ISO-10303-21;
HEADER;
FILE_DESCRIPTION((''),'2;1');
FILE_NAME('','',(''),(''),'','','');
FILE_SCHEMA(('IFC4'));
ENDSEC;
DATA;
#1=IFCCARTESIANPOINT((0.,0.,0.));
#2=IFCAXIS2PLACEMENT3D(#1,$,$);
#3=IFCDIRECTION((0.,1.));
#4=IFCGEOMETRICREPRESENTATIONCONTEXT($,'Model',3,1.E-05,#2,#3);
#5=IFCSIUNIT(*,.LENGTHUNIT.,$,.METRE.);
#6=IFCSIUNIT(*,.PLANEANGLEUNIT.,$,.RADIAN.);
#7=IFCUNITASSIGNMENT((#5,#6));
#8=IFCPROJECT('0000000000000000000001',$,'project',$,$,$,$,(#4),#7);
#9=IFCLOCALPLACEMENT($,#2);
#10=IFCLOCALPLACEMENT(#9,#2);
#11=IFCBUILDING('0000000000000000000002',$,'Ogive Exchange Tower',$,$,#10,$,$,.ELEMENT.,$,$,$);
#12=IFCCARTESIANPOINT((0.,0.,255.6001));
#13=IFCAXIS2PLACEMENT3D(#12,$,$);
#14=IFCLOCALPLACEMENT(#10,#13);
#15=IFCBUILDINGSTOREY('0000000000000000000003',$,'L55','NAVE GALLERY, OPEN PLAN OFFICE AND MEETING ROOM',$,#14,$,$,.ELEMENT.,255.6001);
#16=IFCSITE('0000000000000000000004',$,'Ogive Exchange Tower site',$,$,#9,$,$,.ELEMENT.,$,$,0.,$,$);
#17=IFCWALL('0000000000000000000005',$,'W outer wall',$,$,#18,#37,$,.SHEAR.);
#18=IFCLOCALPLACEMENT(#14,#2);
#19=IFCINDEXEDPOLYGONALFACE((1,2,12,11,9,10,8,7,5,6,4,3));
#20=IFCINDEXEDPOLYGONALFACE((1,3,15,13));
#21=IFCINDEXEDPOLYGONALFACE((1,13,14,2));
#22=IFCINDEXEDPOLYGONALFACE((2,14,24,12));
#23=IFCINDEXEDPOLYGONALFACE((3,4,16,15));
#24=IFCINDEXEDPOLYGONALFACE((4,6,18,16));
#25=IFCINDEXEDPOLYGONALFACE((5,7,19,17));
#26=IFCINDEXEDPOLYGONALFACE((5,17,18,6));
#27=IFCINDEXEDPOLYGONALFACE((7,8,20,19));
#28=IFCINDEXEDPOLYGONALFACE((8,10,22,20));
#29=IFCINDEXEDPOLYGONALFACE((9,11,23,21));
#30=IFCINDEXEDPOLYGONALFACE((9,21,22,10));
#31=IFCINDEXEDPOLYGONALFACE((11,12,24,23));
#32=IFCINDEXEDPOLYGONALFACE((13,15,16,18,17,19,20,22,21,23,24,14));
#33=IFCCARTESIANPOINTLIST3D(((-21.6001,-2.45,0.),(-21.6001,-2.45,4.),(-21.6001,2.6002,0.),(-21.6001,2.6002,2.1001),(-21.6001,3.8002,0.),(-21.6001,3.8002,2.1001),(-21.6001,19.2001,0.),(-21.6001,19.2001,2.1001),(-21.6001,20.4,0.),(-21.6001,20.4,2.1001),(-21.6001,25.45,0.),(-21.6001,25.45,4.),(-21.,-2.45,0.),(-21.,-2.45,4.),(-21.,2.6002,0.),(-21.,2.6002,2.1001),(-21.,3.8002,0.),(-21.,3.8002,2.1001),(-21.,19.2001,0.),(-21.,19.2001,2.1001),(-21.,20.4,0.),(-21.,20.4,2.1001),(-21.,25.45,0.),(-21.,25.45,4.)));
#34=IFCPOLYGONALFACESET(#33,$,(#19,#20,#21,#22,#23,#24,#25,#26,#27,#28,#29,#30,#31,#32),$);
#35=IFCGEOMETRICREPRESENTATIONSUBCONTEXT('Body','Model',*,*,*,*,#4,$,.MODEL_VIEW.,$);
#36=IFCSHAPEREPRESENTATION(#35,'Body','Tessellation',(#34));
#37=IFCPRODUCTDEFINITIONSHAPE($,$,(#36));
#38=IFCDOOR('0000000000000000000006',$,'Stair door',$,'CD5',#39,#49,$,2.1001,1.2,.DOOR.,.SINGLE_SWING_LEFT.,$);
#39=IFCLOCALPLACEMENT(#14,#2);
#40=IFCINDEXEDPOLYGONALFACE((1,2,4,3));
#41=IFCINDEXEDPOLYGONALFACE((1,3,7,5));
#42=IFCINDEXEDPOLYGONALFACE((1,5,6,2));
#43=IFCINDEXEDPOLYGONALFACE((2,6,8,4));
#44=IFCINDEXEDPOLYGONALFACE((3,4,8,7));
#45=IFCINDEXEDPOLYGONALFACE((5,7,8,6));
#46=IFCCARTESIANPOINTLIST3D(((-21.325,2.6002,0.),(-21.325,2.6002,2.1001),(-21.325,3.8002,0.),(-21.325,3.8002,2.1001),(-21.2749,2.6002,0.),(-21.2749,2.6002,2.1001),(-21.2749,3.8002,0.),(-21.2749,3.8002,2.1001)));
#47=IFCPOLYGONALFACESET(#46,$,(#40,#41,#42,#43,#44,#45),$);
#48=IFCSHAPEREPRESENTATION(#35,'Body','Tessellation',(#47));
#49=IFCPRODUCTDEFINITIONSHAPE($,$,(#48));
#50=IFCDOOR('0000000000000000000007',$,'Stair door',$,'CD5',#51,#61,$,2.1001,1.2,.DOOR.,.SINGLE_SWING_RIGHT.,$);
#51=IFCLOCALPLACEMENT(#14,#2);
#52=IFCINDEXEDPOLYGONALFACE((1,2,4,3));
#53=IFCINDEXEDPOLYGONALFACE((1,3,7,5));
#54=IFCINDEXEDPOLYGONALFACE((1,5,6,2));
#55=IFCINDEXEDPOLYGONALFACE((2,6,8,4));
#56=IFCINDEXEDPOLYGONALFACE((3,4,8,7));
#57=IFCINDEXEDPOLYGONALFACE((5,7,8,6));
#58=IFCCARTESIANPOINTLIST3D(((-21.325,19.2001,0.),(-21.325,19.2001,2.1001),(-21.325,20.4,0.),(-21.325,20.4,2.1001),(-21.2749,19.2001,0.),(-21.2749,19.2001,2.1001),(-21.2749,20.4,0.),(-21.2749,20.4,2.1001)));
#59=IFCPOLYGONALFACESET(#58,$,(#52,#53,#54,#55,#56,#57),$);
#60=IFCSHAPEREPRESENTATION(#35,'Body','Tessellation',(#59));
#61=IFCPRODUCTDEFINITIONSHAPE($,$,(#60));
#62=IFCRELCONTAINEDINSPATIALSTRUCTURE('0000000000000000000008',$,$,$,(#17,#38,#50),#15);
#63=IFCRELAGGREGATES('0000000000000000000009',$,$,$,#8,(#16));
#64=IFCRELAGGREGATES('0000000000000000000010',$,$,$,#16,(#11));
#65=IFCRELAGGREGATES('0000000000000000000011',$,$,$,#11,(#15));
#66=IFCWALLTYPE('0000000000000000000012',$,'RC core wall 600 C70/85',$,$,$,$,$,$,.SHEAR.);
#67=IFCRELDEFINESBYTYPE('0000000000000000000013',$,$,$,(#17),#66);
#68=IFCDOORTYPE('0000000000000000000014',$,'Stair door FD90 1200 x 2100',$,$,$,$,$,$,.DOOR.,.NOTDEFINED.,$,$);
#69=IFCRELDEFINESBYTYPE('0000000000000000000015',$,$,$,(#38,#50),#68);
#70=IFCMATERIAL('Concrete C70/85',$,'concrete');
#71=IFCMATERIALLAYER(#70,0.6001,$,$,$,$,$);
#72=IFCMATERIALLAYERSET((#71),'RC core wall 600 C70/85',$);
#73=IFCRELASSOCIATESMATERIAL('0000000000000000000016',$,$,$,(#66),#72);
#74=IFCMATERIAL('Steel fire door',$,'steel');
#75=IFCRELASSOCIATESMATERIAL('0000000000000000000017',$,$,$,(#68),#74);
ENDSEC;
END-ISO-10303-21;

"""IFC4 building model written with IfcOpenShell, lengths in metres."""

from ifc_helpers import new_model, si_unit, direction, frame, frame_2d, origin, place, context, subcontext, project, spatial, rectangle, extrude, material, layer, layer_set, type_object, element, fill, save


model = new_model("IFC4")

# Units and contexts
model_context = context("Model", 3, precision=1e-05, world=origin(), true_north=direction((0.0, 1.0)))
body_context = subcontext(model_context, "Body", "Model", "MODEL_VIEW")
ifc_project = project(units=[si_unit("LENGTHUNIT", "METRE"), si_unit("PLANEANGLEUNIT", "RADIAN")], contexts=[model_context])

# Site, building, storey
site_placement = place(None, origin())
site = spatial("IfcSite", under=ifc_project, at=site_placement, Name="Ogive Exchange Tower site", CompositionType="ELEMENT", RefElevation=0.0)
building_placement = place(site_placement, origin())
building = spatial("IfcBuilding", under=site, at=building_placement, Name="Ogive Exchange Tower", CompositionType="ELEMENT")
storey_placement = place(building_placement, frame((0.0, 0.0, 255.6001)))
storey = spatial("IfcBuildingStorey", under=building, at=storey_placement, Name="L55", Description="NAVE GALLERY, OPEN PLAN OFFICE AND MEETING ROOM", CompositionType="ELEMENT", Elevation=255.6001)

# Shared definitions
ifc_material_1 = material(Name="Concrete C70/85", Category="concrete")

# Wall, openings, doors
ifc_layer_1 = layer(ifc_material_1, 0.6001)
ifc_layer_set_1 = layer_set([ifc_layer_1], Name="RC core wall 600 C70/85")
wall_type_1 = type_object("IfcWallType", Name="RC core wall 600 C70/85", PredefinedType="SHEAR", material=ifc_layer_set_1)
wall_1_placement = place(storey_placement, frame((-21.3, -2.45, 0.0), z_axis=(0.0, 0.0, 1.0), x_axis=(0.0, 1.0, 0.0)))
wall_1 = element("IfcWall", 1, at=wall_1_placement, inside=storey, type_object=wall_type_1, Name="W outer wall", PredefinedType="SHEAR", context=body_context, shape_type="SweptSolid", body=[
    extrude(rectangle(XDim=27.8999, YDim=0.6001, at=frame_2d((13.95, 0.0))), origin(), (0.0, 0.0, 1.0), 4.0),
])
opening_1_placement = place(wall_1_placement, frame((5.05, 0.0, 0.0)))
opening_1 = element("IfcOpeningElement", 2, at=opening_1_placement, cuts=wall_1, PredefinedType="OPENING", context=body_context, shape_type="SweptSolid", body=[
    extrude(rectangle(XDim=1.2, YDim=2.1001, at=frame_2d((0.6001, 1.05))), frame((0.0, 0.3101, 0.0), z_axis=(0.0, -1.0, 0.0), x_axis=(1.0, 0.0, 0.0)), (0.0, 0.0, 1.0), 0.6201),
])
opening_2_placement = place(wall_1_placement, frame((21.6499, 0.0, 0.0)))
opening_2 = element("IfcOpeningElement", 3, at=opening_2_placement, cuts=wall_1, PredefinedType="OPENING", context=body_context, shape_type="SweptSolid", body=[
    extrude(rectangle(XDim=1.2, YDim=2.1001, at=frame_2d((0.6001, 1.05))), frame((0.0, 0.3101, 0.0), z_axis=(0.0, -1.0, 0.0), x_axis=(1.0, 0.0, 0.0)), (0.0, 0.0, 1.0), 0.6201),
])
ifc_material_2 = material(Name="Steel fire door", Category="steel")
door_type_1 = type_object("IfcDoorType", Name="Stair door FD90 1200 x 2100", OperationType="NOTDEFINED", PredefinedType="DOOR", material=ifc_material_2)
door_1_placement = place(opening_1_placement, origin())
door_1 = element("IfcDoor", 4, at=door_1_placement, inside=storey, type_object=door_type_1, Name="Stair door", ObjectType="CD5", OperationType="SINGLE_SWING_LEFT", OverallHeight=2.1001, OverallWidth=1.2, PredefinedType="DOOR", context=body_context, shape_type="SweptSolid", body=[
    extrude(rectangle(XDim=1.2, YDim=2.1001, at=frame_2d((0.6001, 1.05))), frame((0.0, 0.0249, 0.0), z_axis=(0.0, -1.0, 0.0), x_axis=(1.0, 0.0, 0.0)), (0.0, 0.0, 1.0), 0.05),
])
fill(opening_1, door_1)
door_2_placement = place(opening_2_placement, origin())
door_2 = element("IfcDoor", 5, at=door_2_placement, inside=storey, type_object=door_type_1, Name="Stair door", ObjectType="CD5", OperationType="SINGLE_SWING_RIGHT", OverallHeight=2.1001, OverallWidth=1.2, PredefinedType="DOOR", context=body_context, shape_type="SweptSolid", body=[
    extrude(rectangle(XDim=1.2, YDim=2.1001, at=frame_2d((0.6001, 1.05))), frame((0.0, 0.0249, 0.0), z_axis=(0.0, -1.0, 0.0), x_axis=(1.0, 0.0, 0.0)), (0.0, 0.0, 1.0), 0.05),
])
fill(opening_2, door_2)

save(model, "model.ifc")
